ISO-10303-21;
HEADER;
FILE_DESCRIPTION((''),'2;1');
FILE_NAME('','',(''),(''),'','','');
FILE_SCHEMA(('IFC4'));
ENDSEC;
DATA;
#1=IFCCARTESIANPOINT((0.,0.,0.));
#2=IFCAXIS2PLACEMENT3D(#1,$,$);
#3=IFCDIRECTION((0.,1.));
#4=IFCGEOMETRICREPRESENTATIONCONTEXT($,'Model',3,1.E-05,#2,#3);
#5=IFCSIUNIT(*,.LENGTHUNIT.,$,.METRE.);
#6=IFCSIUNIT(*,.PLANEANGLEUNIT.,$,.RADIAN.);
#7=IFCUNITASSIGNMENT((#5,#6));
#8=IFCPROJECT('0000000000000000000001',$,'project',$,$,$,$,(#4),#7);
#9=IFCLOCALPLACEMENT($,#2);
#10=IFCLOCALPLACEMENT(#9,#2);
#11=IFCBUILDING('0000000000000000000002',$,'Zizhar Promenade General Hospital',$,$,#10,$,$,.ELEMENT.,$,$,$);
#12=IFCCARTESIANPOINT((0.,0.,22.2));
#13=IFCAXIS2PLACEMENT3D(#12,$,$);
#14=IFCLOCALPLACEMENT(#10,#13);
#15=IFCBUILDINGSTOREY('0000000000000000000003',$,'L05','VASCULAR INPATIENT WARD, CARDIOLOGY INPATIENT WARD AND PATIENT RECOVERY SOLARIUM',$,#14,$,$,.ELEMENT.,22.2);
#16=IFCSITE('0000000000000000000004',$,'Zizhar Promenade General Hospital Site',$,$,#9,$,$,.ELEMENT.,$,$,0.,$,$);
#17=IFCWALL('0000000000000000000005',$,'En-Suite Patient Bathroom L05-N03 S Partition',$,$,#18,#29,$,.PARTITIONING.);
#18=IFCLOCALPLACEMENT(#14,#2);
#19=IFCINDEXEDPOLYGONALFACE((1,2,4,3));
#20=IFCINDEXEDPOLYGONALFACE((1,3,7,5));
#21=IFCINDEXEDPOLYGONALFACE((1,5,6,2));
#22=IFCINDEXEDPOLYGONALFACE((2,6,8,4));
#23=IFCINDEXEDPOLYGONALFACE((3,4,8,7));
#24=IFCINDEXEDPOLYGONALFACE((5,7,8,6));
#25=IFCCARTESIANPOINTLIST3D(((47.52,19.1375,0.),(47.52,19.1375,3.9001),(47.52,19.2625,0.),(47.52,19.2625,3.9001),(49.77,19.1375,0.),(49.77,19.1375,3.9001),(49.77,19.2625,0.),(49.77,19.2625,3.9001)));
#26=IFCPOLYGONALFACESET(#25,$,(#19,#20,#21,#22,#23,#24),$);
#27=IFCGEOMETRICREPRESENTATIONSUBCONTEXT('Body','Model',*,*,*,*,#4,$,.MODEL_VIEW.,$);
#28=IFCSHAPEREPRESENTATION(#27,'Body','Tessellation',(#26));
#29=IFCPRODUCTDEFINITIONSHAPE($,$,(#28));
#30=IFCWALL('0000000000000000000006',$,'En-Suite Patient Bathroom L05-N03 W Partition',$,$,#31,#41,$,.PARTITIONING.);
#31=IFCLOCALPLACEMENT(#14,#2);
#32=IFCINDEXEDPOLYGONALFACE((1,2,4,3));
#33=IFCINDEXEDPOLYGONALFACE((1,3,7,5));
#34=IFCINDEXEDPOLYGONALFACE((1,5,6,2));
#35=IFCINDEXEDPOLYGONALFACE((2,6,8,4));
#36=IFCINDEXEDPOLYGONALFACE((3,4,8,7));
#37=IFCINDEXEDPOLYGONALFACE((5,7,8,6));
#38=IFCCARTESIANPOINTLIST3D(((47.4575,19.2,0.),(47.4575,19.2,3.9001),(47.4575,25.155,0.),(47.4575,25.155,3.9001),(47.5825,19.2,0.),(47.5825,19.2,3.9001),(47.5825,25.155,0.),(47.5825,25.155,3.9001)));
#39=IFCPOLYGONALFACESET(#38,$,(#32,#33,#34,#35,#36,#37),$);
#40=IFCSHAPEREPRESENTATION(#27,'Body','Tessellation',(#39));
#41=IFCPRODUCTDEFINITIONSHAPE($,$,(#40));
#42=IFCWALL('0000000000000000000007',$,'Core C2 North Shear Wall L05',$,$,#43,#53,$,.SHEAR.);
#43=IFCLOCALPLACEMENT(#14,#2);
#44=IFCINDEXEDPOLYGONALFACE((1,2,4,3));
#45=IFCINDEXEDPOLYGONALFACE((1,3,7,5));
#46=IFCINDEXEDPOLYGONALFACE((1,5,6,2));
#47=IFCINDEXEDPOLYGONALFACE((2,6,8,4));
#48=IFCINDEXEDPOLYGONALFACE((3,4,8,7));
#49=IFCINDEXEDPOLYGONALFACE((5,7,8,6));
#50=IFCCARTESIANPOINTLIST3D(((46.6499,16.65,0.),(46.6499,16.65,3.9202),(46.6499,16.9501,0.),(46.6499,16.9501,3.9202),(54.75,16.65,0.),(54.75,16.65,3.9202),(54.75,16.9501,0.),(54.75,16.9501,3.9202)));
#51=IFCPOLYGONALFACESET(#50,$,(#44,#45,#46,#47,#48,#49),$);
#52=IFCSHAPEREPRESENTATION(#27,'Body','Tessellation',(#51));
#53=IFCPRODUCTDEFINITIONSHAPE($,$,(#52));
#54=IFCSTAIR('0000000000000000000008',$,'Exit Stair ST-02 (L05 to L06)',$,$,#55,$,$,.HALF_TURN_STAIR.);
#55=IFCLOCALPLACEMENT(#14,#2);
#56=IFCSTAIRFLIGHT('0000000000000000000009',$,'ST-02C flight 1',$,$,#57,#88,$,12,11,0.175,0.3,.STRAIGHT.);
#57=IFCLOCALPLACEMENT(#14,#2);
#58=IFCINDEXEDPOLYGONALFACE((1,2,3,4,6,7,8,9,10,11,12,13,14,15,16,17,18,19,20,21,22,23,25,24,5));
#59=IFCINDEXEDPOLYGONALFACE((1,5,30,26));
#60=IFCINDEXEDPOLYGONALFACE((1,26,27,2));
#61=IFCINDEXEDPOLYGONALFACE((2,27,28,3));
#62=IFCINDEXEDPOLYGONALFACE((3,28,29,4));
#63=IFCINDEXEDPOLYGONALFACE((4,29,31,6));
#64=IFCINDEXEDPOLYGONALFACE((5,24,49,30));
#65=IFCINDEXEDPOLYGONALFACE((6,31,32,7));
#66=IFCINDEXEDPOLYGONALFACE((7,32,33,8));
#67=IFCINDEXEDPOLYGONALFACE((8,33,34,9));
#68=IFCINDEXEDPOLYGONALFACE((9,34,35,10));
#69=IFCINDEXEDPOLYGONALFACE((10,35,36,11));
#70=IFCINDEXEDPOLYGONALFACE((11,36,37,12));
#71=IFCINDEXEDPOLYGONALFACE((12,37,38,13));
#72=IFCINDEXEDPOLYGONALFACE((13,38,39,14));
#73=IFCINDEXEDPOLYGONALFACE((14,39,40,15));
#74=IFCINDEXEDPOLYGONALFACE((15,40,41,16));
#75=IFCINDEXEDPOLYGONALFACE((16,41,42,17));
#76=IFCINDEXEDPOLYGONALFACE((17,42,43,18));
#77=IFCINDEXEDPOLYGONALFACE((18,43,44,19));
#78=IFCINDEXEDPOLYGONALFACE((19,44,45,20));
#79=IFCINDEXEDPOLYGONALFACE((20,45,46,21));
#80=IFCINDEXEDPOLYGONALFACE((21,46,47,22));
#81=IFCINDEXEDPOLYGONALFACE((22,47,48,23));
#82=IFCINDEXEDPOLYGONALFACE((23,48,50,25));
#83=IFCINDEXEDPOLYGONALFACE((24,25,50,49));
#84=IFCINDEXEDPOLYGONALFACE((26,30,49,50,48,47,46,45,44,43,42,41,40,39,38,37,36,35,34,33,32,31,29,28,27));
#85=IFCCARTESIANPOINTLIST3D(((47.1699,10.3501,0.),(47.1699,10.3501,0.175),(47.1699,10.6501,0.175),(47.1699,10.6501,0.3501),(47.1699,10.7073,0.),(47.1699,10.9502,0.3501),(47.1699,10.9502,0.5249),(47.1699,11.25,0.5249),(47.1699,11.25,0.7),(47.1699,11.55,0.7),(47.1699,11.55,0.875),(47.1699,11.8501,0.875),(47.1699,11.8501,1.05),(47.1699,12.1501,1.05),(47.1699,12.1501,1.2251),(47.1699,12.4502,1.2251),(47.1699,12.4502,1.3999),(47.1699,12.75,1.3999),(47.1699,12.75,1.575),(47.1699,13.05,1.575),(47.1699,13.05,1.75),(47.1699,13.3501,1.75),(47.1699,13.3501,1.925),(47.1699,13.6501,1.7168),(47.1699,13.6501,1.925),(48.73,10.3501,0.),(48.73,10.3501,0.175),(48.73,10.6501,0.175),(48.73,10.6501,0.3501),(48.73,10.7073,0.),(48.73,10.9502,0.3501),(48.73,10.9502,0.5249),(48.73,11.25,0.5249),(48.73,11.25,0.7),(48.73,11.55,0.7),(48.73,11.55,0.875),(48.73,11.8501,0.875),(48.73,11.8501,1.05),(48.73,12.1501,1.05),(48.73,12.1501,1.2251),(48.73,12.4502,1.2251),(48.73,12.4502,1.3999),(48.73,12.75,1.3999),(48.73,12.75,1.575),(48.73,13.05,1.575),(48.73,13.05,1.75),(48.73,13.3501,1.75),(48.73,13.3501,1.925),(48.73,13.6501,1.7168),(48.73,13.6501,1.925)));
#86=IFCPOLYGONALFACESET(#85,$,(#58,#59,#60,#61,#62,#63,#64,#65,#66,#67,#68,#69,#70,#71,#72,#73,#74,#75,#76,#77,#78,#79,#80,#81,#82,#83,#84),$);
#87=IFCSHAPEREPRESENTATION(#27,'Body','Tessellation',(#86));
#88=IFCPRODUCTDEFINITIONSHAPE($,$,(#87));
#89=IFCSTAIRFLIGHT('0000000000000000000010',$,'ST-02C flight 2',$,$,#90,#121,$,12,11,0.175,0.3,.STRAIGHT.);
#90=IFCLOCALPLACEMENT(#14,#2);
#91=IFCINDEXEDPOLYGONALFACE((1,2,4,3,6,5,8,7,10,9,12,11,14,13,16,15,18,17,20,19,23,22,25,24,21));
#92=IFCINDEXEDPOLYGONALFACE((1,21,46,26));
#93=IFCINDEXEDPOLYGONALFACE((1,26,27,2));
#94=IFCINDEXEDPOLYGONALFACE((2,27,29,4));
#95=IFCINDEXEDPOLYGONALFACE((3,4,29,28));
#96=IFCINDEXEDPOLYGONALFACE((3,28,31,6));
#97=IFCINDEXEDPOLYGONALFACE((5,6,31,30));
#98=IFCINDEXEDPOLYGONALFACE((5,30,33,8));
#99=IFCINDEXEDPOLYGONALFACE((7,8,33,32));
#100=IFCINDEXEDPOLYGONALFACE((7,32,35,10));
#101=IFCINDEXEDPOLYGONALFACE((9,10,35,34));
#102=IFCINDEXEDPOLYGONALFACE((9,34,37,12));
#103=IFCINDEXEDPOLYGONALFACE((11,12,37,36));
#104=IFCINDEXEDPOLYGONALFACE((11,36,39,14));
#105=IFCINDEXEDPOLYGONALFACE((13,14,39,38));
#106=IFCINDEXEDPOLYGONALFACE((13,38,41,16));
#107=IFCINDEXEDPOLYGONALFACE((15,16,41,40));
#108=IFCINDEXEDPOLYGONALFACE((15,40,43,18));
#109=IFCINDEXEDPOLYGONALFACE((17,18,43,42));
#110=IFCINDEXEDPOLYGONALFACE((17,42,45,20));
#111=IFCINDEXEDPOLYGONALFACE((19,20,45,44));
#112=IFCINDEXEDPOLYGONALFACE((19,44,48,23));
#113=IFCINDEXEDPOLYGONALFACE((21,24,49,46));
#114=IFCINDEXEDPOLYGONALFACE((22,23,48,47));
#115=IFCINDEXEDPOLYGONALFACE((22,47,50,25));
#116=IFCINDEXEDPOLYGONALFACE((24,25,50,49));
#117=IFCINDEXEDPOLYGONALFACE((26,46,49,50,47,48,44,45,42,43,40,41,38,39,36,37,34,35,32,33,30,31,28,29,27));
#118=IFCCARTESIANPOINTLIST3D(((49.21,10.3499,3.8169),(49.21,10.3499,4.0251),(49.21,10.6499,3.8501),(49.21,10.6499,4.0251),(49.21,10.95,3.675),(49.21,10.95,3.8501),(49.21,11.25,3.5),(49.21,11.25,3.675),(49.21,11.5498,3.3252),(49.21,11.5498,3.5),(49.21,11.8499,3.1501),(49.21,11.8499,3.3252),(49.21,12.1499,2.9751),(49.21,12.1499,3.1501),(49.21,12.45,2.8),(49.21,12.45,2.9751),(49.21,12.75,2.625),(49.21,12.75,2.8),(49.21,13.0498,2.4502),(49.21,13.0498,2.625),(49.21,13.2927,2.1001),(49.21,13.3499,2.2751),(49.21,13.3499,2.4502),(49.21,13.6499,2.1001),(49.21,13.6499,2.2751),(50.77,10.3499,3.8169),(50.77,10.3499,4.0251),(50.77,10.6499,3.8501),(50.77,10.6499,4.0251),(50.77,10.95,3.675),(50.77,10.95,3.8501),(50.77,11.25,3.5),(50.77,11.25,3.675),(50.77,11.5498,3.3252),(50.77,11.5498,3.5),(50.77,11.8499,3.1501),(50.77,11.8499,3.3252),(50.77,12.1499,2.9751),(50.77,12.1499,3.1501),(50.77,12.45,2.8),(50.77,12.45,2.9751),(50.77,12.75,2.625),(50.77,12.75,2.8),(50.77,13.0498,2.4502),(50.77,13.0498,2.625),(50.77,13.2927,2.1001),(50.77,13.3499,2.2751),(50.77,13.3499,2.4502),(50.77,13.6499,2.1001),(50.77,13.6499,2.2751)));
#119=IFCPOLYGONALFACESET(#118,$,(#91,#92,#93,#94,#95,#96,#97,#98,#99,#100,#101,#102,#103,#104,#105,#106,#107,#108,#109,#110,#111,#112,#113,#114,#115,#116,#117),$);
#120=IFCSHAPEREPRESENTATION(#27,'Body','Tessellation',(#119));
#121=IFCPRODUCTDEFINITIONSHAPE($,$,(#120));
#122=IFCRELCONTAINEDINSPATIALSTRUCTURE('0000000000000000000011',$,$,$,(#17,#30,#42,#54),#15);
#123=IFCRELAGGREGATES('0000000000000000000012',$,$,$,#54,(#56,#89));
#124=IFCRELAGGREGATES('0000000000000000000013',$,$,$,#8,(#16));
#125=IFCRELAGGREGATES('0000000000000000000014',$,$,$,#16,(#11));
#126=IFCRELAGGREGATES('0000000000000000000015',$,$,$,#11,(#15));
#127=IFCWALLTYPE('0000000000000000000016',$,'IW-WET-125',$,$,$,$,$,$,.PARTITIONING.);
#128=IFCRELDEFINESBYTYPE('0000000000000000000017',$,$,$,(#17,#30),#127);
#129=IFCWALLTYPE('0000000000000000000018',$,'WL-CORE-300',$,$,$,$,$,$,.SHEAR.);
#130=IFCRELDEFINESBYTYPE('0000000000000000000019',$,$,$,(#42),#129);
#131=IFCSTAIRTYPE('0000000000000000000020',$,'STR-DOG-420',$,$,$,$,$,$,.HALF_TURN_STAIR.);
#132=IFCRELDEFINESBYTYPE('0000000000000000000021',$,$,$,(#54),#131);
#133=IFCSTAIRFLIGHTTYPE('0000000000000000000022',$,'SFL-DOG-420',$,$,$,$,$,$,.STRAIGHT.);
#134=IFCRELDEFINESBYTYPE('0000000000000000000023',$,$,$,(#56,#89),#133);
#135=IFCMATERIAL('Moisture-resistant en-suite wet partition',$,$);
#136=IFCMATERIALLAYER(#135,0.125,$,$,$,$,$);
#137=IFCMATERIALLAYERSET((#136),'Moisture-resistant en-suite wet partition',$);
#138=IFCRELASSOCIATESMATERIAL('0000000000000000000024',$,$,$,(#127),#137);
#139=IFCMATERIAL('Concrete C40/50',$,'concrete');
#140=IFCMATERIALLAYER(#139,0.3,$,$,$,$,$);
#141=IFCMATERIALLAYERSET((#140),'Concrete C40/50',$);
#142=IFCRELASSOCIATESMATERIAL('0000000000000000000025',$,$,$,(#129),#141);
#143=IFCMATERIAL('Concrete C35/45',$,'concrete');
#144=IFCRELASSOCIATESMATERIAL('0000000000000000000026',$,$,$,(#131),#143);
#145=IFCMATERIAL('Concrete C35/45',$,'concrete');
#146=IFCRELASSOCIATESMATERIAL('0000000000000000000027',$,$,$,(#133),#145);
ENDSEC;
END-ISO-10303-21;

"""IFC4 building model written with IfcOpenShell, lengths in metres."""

from ifc_helpers import new_model, si_unit, direction, frame, frame_2d, origin, place, context, subcontext, project, spatial, polyline, rectangle, outline, extrude, material, layer, layer_set, type_object, element, aggregate, save


model = new_model("IFC4")

# Units and contexts
model_context = context("Model", 3, precision=1e-05, world=origin(), true_north=direction((0.0, 1.0)))
body_context = subcontext(model_context, "Body", "Model", "MODEL_VIEW")
ifc_project = project(units=[si_unit("LENGTHUNIT", "METRE"), si_unit("PLANEANGLEUNIT", "RADIAN")], contexts=[model_context])

# Site, building, storey
site_placement = place(None, origin())
site = spatial("IfcSite", under=ifc_project, at=site_placement, Name="Zizhar Promenade General Hospital Site", CompositionType="ELEMENT", RefElevation=0.0)
building_placement = place(site_placement, origin())
building = spatial("IfcBuilding", under=site, at=building_placement, Name="Zizhar Promenade General Hospital", CompositionType="ELEMENT")
storey_placement = place(building_placement, frame((0.0, 0.0, 22.2)))
storey = spatial("IfcBuildingStorey", under=building, at=storey_placement, Name="L05", Description="VASCULAR INPATIENT WARD, CARDIOLOGY INPATIENT WARD AND PATIENT RECOVERY SOLARIUM", CompositionType="ELEMENT", Elevation=22.2)

# Walls
ifc_material_1 = material(Name="Moisture-resistant en-suite wet partition")
ifc_layer_1 = layer(ifc_material_1, 0.125)
ifc_layer_set_1 = layer_set([ifc_layer_1], Name="Moisture-resistant en-suite wet partition")
wall_type_1 = type_object("IfcWallType", Name="IW-WET-125", PredefinedType="PARTITIONING", material=ifc_layer_set_1)
wall_1_placement = place(storey_placement, frame((47.52, 19.2, 0.0), z_axis=(0.0, 0.0, 1.0), x_axis=(1.0, 0.0, 0.0)))
element("IfcWall", 1, at=wall_1_placement, inside=storey, type_object=wall_type_1, Name="En-Suite Patient Bathroom L05-N03 S Partition", PredefinedType="PARTITIONING", context=body_context, shape_type="SweptSolid", body=[
    extrude(rectangle(XDim=2.25, YDim=0.125, at=frame_2d((1.125, 0.0))), origin(), (0.0, 0.0, 1.0), 3.9001),
])
wall_2_placement = place(storey_placement, frame((47.52, 19.2, 0.0), z_axis=(0.0, 0.0, 1.0), x_axis=(0.0, 1.0, 0.0)))
element("IfcWall", 2, at=wall_2_placement, inside=storey, type_object=wall_type_1, Name="En-Suite Patient Bathroom L05-N03 W Partition", PredefinedType="PARTITIONING", context=body_context, shape_type="SweptSolid", body=[
    extrude(rectangle(XDim=5.9551, YDim=0.125, at=frame_2d((2.9775, 0.0))), origin(), (0.0, 0.0, 1.0), 3.9001),
])
ifc_material_2 = material(Name="Concrete C40/50", Category="concrete")
ifc_layer_2 = layer(ifc_material_2, 0.3)
ifc_layer_set_2 = layer_set([ifc_layer_2], Name="Concrete C40/50")
wall_type_2 = type_object("IfcWallType", Name="WL-CORE-300", PredefinedType="SHEAR", material=ifc_layer_set_2)
wall_3_placement = place(storey_placement, frame((46.6499, 16.8, 0.0), z_axis=(0.0, 0.0, 1.0), x_axis=(1.0, 0.0, 0.0)))
element("IfcWall", 3, at=wall_3_placement, inside=storey, type_object=wall_type_2, Name="Core C2 North Shear Wall L05", PredefinedType="SHEAR", context=body_context, shape_type="SweptSolid", body=[
    extrude(rectangle(XDim=8.1001, YDim=0.3, at=frame_2d((4.05, 0.0))), origin(), (0.0, 0.0, 1.0), 3.9202),
])

# Stair, stair flights
ifc_material_3 = material(Name="Concrete C35/45", Category="concrete")
stair_type = type_object("IfcStairType", Name="STR-DOG-420", PredefinedType="HALF_TURN_STAIR", material=ifc_material_3)
stair_placement = place(storey_placement, origin())
stair = element("IfcStair", 4, at=stair_placement, inside=storey, type_object=stair_type, Name="Exit Stair ST-02 (L05 to L06)", PredefinedType="HALF_TURN_STAIR")
ifc_material_4 = material(Name="Concrete C35/45", Category="concrete")
stair_flight_type = type_object("IfcStairFlightType", Name="SFL-DOG-420", PredefinedType="STRAIGHT", material=ifc_material_4)
stair_flight_1_placement = place(storey_placement, frame((47.95, 10.3501, 0.0), z_axis=(0.0, 0.0, 1.0), x_axis=(0.0, 1.0, 0.0)))
stair_flight_1 = element("IfcStairFlight", 5, at=stair_flight_1_placement, type_object=stair_flight_type, Name="ST-02C flight 1", NumberOfRisers=12, NumberOfTreads=11, PredefinedType="STRAIGHT", RiserHeight=0.175, TreadLength=0.3, context=body_context, shape_type="SweptSolid", body=[
    extrude(outline(polyline([(0.0, 0.0), (0.0, 0.175), (0.3, 0.175), (0.3, 0.3501), (0.6001, 0.3501), (0.6001, 0.5249), (0.8999, 0.5249), (0.8999, 0.7), (1.2, 0.7), (1.2, 0.875), (1.5, 0.875), (1.5, 1.05), (1.8, 1.05), (1.8, 1.2251), (2.1001, 1.2251), (2.1001, 1.3999), (2.3999, 1.3999), (2.3999, 1.575), (2.7, 1.575), (2.7, 1.75), (3.0, 1.75), (3.0, 1.925), (3.3, 1.925), (3.3, 2.1001), (3.3, 1.7168), (0.3572, 0.0), (0.0, 0.0)])), frame((0.0, 0.78, 0.0), z_axis=(0.0, -1.0, 0.0), x_axis=(1.0, 0.0, 0.0)), (0.0, 0.0, 1.0), 1.5601),
])
stair_flight_2_placement = place(storey_placement, frame((49.99, 13.6499, 2.1001), z_axis=(0.0, 0.0, 1.0), x_axis=(0.0, -1.0, 0.0)))
stair_flight_2 = element("IfcStairFlight", 6, at=stair_flight_2_placement, type_object=stair_flight_type, Name="ST-02C flight 2", NumberOfRisers=12, NumberOfTreads=11, PredefinedType="STRAIGHT", RiserHeight=0.175, TreadLength=0.3, context=body_context, shape_type="SweptSolid", body=[
    extrude(outline(polyline([(0.0, 0.0), (0.0, 0.175), (0.3, 0.175), (0.3, 0.3501), (0.6001, 0.3501), (0.6001, 0.5249), (0.8999, 0.5249), (0.8999, 0.7), (1.2, 0.7), (1.2, 0.875), (1.5, 0.875), (1.5, 1.05), (1.8, 1.05), (1.8, 1.2251), (2.1001, 1.2251), (2.1001, 1.3999), (2.3999, 1.3999), (2.3999, 1.575), (2.7, 1.575), (2.7, 1.75), (3.0, 1.75), (3.0, 1.925), (3.3, 1.925), (3.3, 2.1001), (3.3, 1.7168), (0.3572, 0.0), (0.0, 0.0)])), frame((0.0, 0.78, 0.0), z_axis=(0.0, -1.0, 0.0), x_axis=(1.0, 0.0, 0.0)), (0.0, 0.0, 1.0), 1.5601),
])
aggregate(stair, [stair_flight_1, stair_flight_2])

save(model, "model.ifc")
